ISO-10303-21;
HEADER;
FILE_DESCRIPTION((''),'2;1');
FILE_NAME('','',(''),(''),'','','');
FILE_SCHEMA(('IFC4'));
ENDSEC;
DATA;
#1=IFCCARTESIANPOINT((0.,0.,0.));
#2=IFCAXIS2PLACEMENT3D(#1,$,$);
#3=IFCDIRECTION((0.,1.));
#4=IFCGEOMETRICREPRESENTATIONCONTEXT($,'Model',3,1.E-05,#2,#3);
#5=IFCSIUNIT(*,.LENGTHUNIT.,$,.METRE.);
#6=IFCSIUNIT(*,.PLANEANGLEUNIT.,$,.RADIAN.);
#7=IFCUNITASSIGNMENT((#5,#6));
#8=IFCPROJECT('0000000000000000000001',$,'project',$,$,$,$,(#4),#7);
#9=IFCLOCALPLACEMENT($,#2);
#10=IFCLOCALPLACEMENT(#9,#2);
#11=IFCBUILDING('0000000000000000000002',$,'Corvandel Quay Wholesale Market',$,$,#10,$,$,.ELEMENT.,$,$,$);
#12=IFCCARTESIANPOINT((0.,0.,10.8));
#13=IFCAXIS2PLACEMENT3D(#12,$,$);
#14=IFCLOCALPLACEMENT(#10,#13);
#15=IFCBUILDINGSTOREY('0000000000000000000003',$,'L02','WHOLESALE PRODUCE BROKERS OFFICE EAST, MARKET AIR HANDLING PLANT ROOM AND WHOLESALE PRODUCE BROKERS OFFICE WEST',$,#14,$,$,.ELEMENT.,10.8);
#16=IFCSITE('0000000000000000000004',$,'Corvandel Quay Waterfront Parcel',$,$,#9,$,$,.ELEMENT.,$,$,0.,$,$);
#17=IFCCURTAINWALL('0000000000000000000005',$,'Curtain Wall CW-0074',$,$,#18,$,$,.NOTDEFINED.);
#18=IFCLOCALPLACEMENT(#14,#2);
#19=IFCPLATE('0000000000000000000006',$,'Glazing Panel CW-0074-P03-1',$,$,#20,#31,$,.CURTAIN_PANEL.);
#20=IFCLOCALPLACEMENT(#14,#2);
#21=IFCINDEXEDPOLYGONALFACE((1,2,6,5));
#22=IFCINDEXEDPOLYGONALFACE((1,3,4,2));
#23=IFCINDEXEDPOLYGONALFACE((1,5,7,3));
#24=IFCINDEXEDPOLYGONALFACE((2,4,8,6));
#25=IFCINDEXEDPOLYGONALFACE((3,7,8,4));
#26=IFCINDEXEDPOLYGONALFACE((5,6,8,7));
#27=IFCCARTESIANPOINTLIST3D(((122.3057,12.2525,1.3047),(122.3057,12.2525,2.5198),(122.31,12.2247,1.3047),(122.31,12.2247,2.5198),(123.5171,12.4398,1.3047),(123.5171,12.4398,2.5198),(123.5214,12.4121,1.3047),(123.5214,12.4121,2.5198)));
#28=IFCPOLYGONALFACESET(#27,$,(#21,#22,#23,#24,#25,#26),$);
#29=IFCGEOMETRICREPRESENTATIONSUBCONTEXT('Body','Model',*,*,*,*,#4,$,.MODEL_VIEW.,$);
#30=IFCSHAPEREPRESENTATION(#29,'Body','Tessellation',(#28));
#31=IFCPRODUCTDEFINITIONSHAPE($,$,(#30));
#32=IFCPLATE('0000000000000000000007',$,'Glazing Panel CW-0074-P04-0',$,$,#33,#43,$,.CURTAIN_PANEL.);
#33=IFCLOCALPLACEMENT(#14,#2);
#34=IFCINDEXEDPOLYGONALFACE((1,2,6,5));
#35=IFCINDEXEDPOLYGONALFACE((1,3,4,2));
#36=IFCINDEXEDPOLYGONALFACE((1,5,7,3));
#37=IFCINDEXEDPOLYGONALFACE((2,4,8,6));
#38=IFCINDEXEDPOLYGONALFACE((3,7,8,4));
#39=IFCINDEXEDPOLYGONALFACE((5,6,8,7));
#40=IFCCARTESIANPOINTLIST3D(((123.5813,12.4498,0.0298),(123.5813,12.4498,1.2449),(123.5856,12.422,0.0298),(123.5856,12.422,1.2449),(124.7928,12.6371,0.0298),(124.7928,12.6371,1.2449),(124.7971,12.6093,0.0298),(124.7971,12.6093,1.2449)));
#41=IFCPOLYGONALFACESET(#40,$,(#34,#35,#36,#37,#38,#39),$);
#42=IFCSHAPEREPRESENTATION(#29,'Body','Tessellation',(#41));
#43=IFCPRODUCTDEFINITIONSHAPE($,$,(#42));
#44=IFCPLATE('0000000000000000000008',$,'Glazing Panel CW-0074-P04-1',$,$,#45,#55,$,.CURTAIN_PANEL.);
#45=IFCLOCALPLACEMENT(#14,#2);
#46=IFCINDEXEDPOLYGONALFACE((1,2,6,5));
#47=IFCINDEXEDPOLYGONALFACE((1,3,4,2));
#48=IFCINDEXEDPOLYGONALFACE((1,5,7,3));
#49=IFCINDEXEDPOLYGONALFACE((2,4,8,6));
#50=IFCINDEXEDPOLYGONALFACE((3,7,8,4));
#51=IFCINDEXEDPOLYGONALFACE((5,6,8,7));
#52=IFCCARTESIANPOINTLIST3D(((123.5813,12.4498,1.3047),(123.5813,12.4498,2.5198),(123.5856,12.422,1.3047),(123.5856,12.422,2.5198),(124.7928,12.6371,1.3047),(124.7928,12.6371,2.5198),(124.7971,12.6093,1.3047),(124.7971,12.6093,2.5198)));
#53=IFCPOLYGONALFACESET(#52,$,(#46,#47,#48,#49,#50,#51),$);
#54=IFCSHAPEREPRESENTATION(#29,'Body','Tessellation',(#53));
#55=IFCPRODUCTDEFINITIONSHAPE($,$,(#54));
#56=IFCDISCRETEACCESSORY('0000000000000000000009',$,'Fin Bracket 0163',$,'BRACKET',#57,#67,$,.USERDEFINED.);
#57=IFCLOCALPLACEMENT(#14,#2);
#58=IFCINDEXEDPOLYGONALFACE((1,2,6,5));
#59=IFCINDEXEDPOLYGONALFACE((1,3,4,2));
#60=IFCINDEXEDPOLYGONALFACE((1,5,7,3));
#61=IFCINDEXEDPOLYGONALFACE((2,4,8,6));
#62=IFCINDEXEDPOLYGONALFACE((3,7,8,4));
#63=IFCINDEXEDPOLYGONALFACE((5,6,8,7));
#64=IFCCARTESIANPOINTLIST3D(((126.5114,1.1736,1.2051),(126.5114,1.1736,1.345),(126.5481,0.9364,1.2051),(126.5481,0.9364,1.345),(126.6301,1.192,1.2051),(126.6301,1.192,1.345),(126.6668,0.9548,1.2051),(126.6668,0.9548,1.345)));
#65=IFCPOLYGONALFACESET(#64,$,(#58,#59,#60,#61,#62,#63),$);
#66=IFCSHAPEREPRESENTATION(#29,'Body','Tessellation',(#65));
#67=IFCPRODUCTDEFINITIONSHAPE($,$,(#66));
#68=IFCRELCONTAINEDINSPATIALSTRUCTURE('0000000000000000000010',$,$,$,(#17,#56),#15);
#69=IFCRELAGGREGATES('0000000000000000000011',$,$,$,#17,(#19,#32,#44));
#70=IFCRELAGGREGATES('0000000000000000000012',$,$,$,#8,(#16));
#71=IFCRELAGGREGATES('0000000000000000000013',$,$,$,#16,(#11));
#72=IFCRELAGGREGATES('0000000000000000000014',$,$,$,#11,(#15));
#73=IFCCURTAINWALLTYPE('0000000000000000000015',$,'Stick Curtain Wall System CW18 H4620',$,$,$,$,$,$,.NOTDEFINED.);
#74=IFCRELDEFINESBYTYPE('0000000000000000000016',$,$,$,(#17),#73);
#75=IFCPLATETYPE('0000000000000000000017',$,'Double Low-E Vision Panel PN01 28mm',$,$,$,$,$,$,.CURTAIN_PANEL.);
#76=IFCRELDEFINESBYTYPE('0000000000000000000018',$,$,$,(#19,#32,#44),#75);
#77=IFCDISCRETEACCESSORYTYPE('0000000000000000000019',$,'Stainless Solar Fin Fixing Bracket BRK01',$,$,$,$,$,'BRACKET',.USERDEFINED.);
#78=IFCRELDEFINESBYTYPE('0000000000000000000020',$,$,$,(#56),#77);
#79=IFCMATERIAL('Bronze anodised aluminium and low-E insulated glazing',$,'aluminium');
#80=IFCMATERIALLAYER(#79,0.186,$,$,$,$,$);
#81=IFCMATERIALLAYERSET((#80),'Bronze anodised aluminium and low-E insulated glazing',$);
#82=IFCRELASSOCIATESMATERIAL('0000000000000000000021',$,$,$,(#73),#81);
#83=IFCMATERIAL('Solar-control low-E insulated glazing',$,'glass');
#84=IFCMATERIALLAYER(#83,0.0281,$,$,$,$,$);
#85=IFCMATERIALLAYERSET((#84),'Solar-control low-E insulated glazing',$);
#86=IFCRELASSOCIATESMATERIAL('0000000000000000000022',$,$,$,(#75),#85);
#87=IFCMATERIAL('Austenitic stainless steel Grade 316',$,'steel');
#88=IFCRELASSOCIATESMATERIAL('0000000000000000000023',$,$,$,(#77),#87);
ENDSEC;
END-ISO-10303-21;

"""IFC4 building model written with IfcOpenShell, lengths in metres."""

from ifc_helpers import new_model, si_unit, direction, frame, origin, origin_2d, place, context, subcontext, project, spatial, rectangle, extrude, material, layer, layer_set, type_object, element, aggregate, save


model = new_model("IFC4")

# Units and contexts
model_context = context("Model", 3, precision=1e-05, world=origin(), true_north=direction((0.0, 1.0)))
body_context = subcontext(model_context, "Body", "Model", "MODEL_VIEW")
ifc_project = project(units=[si_unit("LENGTHUNIT", "METRE"), si_unit("PLANEANGLEUNIT", "RADIAN")], contexts=[model_context])

# Site, building, storey
site_placement = place(None, origin())
site = spatial("IfcSite", under=ifc_project, at=site_placement, Name="Corvandel Quay Waterfront Parcel", CompositionType="ELEMENT", RefElevation=0.0)
building_placement = place(site_placement, origin())
building = spatial("IfcBuilding", under=site, at=building_placement, Name="Corvandel Quay Wholesale Market", CompositionType="ELEMENT")
storey_placement = place(building_placement, frame((0.0, 0.0, 10.8)))
storey = spatial("IfcBuildingStorey", under=building, at=storey_placement, Name="L02", Description="WHOLESALE PRODUCE BROKERS OFFICE EAST, MARKET AIR HANDLING PLANT ROOM AND WHOLESALE PRODUCE BROKERS OFFICE WEST", CompositionType="ELEMENT", Elevation=10.8)

# Shared definitions
ifc_material_1 = material(Name="Bronze anodised aluminium and low-E insulated glazing", Category="aluminium")

# Curtain wall
ifc_layer_1 = layer(ifc_material_1, 0.186)
ifc_layer_set_1 = layer_set([ifc_layer_1], Name="Bronze anodised aluminium and low-E insulated glazing")
curtain_wall_type_1 = type_object("IfcCurtainWallType", Name="Stick Curtain Wall System CW18 H4620", PredefinedType="NOTDEFINED", material=ifc_layer_set_1)
curtain_wall_1_placement = place(storey_placement, origin())
curtain_wall_1 = element("IfcCurtainWall", 1, at=curtain_wall_1_placement, inside=storey, type_object=curtain_wall_type_1, Name="Curtain Wall CW-0074", PredefinedType="NOTDEFINED")

# Plates
ifc_material_2 = material(Name="Solar-control low-E insulated glazing", Category="glass")
ifc_layer_2 = layer(ifc_material_2, 0.0281)
ifc_layer_set_2 = layer_set([ifc_layer_2], Name="Solar-control low-E insulated glazing")
plate_type = type_object("IfcPlateType", Name="Double Low-E Vision Panel PN01 28mm", PredefinedType="CURTAIN_PANEL", material=ifc_layer_set_2)
plate_1_placement = place(storey_placement, frame((122.9136, 12.3323, 1.3047), z_axis=(0.0, 0.0, 1.0), x_axis=(0.988255, 0.152813, 0.0)))
plate_1 = element("IfcPlate", 2, at=plate_1_placement, type_object=plate_type, Name="Glazing Panel CW-0074-P03-1", PredefinedType="CURTAIN_PANEL", context=body_context, shape_type="SweptSolid", body=[
    extrude(rectangle(XDim=1.2258, YDim=0.0281, at=origin_2d()), origin(), (0.0, 0.0, 1.0), 1.2151),
])
plate_2_placement = place(storey_placement, frame((124.1892, 12.5295, 0.0298), z_axis=(0.0, 0.0, 1.0), x_axis=(0.988255, 0.152813, 0.0)))
plate_2 = element("IfcPlate", 3, at=plate_2_placement, type_object=plate_type, Name="Glazing Panel CW-0074-P04-0", PredefinedType="CURTAIN_PANEL", context=body_context, shape_type="SweptSolid", body=[
    extrude(rectangle(XDim=1.2258, YDim=0.0281, at=origin_2d()), origin(), (0.0, 0.0, 1.0), 1.2151),
])
plate_3_placement = place(storey_placement, frame((124.1892, 12.5295, 1.3047), z_axis=(0.0, 0.0, 1.0), x_axis=(0.988255, 0.152813, 0.0)))
plate_3 = element("IfcPlate", 4, at=plate_3_placement, type_object=plate_type, Name="Glazing Panel CW-0074-P04-1", PredefinedType="CURTAIN_PANEL", context=body_context, shape_type="SweptSolid", body=[
    extrude(rectangle(XDim=1.2258, YDim=0.0281, at=origin_2d()), origin(), (0.0, 0.0, 1.0), 1.2151),
])
aggregate(curtain_wall_1, [plate_1, plate_2, plate_3])

# Discrete accessory
ifc_material_3 = material(Name="Austenitic stainless steel Grade 316", Category="steel")
discrete_accessory_type = type_object("IfcDiscreteAccessoryType", Name="Stainless Solar Fin Fixing Bracket BRK01", ElementType="BRACKET", PredefinedType="USERDEFINED", material=ifc_material_3)
discrete_accessory_placement = place(storey_placement, frame((126.5891, 1.0642, 1.2051), z_axis=(0.0, 0.0, 1.0), x_axis=(-0.152813, 0.988255, 0.0)))
element("IfcDiscreteAccessory", 5, at=discrete_accessory_placement, inside=storey, type_object=discrete_accessory_type, Name="Fin Bracket 0163", ObjectType="BRACKET", PredefinedType="USERDEFINED", context=body_context, shape_type="SweptSolid", body=[
    extrude(rectangle(XDim=0.24, YDim=0.1201, at=origin_2d()), origin(), (0.0, 0.0, 1.0), 0.1399),
])

save(model, "model.ifc")
